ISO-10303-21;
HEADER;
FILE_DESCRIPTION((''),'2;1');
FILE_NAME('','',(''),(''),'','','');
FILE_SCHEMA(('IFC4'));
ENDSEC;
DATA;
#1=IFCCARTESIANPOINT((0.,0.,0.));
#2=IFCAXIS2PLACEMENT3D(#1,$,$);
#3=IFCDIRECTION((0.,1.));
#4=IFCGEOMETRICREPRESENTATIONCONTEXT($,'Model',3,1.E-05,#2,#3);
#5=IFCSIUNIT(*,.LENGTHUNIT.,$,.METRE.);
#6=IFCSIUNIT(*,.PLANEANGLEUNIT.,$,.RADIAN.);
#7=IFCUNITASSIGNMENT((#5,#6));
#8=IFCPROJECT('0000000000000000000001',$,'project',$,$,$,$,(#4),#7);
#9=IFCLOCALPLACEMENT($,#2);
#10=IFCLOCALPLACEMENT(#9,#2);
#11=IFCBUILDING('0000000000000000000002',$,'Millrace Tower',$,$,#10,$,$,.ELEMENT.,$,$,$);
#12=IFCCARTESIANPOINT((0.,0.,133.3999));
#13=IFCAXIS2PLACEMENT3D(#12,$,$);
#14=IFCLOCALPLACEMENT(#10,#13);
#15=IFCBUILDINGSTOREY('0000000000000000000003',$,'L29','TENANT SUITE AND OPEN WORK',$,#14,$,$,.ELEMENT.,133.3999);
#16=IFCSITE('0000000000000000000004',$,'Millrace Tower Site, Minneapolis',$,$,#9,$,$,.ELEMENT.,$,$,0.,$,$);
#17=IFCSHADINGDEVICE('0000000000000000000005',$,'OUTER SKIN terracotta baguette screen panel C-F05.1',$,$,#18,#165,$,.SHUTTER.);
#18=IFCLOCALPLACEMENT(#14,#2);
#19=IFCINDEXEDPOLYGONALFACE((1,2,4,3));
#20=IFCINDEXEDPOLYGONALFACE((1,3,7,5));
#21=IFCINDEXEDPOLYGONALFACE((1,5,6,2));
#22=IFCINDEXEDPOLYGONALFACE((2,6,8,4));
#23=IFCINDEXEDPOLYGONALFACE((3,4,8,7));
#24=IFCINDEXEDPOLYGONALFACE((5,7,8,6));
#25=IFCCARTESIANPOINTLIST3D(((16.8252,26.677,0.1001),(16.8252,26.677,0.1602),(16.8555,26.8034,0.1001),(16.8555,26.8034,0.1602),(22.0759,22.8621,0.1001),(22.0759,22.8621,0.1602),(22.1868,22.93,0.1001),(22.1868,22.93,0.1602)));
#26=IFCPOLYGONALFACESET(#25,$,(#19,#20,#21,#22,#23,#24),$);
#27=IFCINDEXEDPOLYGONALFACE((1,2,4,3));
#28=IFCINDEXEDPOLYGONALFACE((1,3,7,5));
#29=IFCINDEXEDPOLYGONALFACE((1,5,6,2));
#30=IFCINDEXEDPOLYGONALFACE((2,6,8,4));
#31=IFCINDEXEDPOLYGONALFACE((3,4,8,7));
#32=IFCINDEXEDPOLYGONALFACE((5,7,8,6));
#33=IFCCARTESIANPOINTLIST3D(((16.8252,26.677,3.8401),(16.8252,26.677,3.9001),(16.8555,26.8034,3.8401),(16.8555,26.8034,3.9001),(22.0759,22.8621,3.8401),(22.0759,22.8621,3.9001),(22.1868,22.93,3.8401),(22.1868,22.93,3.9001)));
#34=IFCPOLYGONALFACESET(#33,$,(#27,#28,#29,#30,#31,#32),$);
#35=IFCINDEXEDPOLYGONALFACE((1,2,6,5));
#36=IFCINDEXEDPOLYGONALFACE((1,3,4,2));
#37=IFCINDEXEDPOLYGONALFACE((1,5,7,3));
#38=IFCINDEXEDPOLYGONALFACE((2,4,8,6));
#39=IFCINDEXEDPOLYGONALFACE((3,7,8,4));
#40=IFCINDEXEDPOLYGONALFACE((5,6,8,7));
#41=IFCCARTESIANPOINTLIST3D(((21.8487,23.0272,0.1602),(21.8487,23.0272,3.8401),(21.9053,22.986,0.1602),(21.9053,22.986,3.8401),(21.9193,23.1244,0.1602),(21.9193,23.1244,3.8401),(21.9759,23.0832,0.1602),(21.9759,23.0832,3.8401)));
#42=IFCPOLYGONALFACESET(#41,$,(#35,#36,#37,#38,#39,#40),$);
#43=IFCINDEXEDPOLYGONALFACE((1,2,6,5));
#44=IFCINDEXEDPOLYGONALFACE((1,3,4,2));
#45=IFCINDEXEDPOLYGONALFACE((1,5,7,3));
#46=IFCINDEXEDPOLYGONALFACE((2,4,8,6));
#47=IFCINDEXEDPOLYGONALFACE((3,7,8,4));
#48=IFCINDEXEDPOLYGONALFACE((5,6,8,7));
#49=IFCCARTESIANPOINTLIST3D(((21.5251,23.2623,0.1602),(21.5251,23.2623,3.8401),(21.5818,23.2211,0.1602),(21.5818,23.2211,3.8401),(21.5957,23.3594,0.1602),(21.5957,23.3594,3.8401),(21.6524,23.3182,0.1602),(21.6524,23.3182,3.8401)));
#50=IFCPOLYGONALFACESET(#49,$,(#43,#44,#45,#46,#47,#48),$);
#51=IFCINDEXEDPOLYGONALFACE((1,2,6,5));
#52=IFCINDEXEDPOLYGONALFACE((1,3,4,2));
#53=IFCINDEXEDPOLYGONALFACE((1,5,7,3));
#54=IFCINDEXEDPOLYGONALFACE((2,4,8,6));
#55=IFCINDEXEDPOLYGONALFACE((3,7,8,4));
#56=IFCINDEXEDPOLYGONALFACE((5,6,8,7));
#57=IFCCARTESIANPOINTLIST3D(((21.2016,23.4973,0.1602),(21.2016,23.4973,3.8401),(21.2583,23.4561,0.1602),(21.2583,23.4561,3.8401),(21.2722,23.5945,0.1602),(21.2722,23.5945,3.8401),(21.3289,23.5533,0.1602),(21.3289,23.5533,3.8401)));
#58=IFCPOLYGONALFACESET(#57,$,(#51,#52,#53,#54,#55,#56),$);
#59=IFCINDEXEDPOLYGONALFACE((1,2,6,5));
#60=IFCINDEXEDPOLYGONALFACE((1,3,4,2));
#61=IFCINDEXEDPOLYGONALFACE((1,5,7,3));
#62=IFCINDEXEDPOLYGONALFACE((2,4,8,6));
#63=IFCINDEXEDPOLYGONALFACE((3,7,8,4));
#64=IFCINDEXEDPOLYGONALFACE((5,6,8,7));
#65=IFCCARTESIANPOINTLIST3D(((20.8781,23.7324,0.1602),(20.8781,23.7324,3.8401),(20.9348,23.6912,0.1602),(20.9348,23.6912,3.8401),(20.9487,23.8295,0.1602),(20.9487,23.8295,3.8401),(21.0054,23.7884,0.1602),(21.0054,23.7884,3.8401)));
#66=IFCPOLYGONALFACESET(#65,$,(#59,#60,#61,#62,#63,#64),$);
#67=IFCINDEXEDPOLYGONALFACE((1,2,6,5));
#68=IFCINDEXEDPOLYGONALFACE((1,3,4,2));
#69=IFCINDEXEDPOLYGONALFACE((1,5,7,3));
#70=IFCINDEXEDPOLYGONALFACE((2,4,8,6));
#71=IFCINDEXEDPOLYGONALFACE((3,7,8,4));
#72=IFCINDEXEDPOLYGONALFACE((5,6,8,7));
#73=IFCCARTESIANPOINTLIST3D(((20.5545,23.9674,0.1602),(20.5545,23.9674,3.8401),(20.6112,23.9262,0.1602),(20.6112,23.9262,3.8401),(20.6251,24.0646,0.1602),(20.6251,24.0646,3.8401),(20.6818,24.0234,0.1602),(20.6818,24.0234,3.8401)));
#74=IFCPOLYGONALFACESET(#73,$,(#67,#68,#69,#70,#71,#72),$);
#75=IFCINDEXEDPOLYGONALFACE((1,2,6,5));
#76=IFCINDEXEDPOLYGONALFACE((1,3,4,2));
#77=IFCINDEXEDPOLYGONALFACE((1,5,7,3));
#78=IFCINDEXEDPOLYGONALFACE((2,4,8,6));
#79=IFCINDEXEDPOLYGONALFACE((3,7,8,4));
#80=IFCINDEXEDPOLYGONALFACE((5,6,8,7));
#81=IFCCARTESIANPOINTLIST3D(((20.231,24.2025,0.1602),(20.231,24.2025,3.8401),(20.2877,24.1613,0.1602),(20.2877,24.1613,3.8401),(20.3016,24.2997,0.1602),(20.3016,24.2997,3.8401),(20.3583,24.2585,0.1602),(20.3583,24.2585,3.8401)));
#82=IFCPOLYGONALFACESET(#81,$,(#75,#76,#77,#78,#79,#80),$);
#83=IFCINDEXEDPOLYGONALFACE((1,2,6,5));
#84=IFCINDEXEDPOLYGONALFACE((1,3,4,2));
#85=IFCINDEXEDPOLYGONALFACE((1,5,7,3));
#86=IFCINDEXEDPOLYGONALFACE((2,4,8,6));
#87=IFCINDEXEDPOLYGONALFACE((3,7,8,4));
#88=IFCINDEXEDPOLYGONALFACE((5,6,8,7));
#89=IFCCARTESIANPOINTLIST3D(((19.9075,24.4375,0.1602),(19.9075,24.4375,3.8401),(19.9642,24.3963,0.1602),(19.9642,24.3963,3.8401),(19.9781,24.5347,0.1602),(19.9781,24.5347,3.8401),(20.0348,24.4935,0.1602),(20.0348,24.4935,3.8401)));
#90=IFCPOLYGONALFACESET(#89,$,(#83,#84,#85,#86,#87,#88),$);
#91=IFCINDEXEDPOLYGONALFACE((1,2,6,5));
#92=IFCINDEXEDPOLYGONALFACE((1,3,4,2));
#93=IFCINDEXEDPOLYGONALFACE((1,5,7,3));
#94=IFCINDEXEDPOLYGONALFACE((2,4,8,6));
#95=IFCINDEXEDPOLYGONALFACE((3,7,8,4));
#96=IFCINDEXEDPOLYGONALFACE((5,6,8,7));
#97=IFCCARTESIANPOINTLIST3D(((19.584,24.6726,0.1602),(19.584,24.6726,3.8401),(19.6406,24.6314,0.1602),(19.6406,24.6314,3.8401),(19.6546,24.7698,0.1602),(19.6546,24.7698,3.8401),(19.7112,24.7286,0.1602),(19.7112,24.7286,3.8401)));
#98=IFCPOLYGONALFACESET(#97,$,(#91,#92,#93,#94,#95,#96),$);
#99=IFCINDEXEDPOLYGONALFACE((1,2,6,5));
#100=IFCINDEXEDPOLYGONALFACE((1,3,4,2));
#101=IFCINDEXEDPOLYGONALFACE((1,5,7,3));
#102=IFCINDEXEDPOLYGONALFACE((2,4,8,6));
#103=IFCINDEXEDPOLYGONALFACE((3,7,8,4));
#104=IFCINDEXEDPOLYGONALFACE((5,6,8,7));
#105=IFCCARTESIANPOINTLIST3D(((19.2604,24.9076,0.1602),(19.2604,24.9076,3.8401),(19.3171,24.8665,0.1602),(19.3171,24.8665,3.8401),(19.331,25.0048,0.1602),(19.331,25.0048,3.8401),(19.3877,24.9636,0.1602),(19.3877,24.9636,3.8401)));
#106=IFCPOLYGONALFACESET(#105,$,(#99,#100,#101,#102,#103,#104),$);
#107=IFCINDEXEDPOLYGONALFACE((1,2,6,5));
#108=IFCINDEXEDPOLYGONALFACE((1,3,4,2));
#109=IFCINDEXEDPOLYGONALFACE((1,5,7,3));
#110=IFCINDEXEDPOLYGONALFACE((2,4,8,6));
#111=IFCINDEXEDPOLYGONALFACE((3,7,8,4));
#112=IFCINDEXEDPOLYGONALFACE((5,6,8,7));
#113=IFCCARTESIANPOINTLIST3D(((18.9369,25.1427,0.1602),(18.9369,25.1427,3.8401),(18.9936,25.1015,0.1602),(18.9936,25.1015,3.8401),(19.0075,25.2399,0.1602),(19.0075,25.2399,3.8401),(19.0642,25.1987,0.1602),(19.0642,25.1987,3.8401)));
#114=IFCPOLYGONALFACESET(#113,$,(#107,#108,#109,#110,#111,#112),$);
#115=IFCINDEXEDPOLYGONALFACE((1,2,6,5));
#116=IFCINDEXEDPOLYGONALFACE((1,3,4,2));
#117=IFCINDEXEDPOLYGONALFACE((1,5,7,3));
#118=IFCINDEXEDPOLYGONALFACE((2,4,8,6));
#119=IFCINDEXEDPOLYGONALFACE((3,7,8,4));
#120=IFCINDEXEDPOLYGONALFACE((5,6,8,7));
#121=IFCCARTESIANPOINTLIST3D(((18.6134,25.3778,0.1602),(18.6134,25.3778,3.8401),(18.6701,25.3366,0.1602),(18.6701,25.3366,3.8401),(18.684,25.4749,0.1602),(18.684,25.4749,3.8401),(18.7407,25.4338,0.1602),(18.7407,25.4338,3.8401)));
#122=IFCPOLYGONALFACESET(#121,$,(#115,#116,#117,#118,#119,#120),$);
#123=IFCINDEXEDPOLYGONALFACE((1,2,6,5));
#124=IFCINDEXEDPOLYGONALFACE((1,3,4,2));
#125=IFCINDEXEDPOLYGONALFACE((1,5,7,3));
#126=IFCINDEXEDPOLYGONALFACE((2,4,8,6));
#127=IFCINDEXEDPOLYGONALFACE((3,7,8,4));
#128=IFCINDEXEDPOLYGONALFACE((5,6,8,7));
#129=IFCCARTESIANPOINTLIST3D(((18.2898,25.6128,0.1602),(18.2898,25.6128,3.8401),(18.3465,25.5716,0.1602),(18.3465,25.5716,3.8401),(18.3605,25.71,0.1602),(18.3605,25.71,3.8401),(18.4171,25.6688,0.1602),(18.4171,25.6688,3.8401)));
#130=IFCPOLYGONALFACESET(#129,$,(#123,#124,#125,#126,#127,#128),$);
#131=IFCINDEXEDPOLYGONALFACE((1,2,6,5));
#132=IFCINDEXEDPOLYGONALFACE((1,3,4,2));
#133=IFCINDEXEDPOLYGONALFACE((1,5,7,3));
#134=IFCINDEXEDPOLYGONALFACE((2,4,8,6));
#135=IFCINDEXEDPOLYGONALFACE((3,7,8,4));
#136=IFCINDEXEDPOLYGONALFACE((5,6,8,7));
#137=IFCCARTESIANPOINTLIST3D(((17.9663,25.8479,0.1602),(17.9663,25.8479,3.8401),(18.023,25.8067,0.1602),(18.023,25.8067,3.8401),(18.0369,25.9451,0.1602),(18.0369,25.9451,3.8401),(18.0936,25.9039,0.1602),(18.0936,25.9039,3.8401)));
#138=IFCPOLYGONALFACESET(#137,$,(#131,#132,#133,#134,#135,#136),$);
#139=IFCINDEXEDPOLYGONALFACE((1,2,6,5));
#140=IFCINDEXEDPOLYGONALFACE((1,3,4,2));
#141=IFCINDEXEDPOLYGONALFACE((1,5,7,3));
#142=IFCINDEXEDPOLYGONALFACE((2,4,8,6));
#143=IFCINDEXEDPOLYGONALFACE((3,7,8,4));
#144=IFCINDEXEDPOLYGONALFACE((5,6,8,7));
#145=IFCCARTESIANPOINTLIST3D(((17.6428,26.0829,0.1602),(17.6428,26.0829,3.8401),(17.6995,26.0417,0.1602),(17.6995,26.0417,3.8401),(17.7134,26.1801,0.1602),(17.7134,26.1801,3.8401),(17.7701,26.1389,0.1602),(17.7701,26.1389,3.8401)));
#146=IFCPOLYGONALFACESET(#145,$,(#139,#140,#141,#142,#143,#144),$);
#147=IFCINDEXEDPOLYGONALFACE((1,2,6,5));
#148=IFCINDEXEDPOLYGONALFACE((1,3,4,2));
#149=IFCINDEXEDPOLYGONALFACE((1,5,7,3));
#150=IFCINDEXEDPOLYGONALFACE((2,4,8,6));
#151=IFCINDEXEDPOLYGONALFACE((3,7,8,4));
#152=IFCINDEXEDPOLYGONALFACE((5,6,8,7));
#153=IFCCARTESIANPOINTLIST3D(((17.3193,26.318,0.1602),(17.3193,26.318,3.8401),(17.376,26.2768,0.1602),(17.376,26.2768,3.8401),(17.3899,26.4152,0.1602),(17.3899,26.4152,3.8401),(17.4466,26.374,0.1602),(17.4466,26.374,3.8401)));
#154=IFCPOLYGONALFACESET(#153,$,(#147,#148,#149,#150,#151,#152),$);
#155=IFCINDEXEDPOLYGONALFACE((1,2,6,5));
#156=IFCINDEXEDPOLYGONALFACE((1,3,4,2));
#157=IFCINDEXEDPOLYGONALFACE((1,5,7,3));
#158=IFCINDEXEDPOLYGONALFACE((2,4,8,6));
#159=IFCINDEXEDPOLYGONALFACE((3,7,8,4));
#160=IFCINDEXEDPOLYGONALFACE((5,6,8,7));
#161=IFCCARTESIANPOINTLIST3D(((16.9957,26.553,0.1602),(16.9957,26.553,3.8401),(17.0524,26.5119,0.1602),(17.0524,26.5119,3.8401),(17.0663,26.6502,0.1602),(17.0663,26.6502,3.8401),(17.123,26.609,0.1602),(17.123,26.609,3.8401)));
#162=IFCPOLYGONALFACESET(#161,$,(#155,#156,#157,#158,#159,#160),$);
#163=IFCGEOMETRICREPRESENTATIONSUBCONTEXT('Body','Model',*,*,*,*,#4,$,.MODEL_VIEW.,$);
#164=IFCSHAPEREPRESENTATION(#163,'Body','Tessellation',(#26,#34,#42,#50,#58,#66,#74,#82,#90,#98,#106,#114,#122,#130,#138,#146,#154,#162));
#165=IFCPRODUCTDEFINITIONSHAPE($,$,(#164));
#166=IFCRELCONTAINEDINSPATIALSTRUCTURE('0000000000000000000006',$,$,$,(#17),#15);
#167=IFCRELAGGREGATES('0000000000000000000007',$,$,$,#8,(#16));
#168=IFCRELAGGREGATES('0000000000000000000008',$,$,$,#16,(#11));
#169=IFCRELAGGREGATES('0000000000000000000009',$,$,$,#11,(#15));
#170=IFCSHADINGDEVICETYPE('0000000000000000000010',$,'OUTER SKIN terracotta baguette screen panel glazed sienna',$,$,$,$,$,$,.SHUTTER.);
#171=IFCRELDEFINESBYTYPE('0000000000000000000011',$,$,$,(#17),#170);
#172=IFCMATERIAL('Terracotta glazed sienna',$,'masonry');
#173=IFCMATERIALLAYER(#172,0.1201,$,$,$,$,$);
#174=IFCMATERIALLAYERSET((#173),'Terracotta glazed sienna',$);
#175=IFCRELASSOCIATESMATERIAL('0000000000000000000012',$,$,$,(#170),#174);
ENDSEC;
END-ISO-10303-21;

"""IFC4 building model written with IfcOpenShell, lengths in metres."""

from ifc_helpers import new_model, entity, si_unit, direction, frame, frame_2d, origin, place, context, subcontext, project, spatial, rectangle, extrude, source, transform, mapped, material, layer, layer_set, type_object, element, save


model = new_model("IFC4")

# Units and contexts
model_context = context("Model", 3, precision=1e-05, world=origin(), true_north=direction((0.0, 1.0)))
body_context = subcontext(model_context, "Body", "Model", "MODEL_VIEW")
ifc_project = project(units=[si_unit("LENGTHUNIT", "METRE"), si_unit("PLANEANGLEUNIT", "RADIAN")], contexts=[model_context])

# Site, building, storey
site_placement = place(None, origin())
site = spatial("IfcSite", under=ifc_project, at=site_placement, Name="Millrace Tower Site, Minneapolis", CompositionType="ELEMENT", RefElevation=0.0)
building_placement = place(site_placement, origin())
building = spatial("IfcBuilding", under=site, at=building_placement, Name="Millrace Tower", CompositionType="ELEMENT")
storey_placement = place(building_placement, frame((0.0, 0.0, 133.3999)))
storey = spatial("IfcBuildingStorey", under=building, at=storey_placement, Name="L29", Description="TENANT SUITE AND OPEN WORK", CompositionType="ELEMENT", Elevation=133.3999)

# Shading device
ifc_material_1 = material(Name="Terracotta glazed sienna", Category="masonry")
ifc_layer_1 = layer(ifc_material_1, 0.1201)
ifc_layer_set_1 = layer_set([ifc_layer_1], Name="Terracotta glazed sienna")
shading_device_type = type_object("IfcShadingDeviceType", Name="OUTER SKIN terracotta baguette screen panel glazed sienna", PredefinedType="SHUTTER", material=ifc_layer_set_1)
cartesian_point_1 = entity("IfcCartesianPoint", [-3.2451, 0.0601])
shared_polyline_1 = entity("IfcPolyline", [cartesian_point_1, entity("IfcCartesianPoint", [3.2451, 0.0601]), entity("IfcCartesianPoint", [3.2949, -0.0601]), entity("IfcCartesianPoint", [-3.2949, -0.0601]), cartesian_point_1])
shared_shape_1 = source(origin(), body_context, "Body", "SweptSolid", [
    entity("IfcExtrudedAreaSolid", entity("IfcArbitraryClosedProfileDef", "AREA", None, shared_polyline_1), entity("IfcAxis2Placement3D", entity("IfcCartesianPoint", [0.0, 0.0, 0.0])), entity("IfcDirection", [0.0, 0.0, 1.0]), 0.0601),
    entity("IfcExtrudedAreaSolid", entity("IfcArbitraryClosedProfileDef", "AREA", None, shared_polyline_1), entity("IfcAxis2Placement3D", entity("IfcCartesianPoint", [0.0, 0.0, 3.74])), entity("IfcDirection", [0.0, 0.0, 1.0]), 0.0601),
    extrude(rectangle(XDim=0.0701, YDim=0.1201, at=frame_2d((-2.9993, 0.0))), frame((0.0, 0.0, 0.0601)), (0.0, 0.0, 1.0), 3.6799),
    extrude(rectangle(XDim=0.0701, YDim=0.1201, at=frame_2d((-2.5994, 0.0))), frame((0.0, 0.0, 0.0601)), (0.0, 0.0, 1.0), 3.6799),
    extrude(rectangle(XDim=0.0701, YDim=0.1201, at=frame_2d((-2.1995, 0.0))), frame((0.0, 0.0, 0.0601)), (0.0, 0.0, 1.0), 3.6799),
    extrude(rectangle(XDim=0.0701, YDim=0.1201, at=frame_2d((-1.7996, 0.0))), frame((0.0, 0.0, 0.0601)), (0.0, 0.0, 1.0), 3.6799),
    extrude(rectangle(XDim=0.0701, YDim=0.1201, at=frame_2d((-1.3997, 0.0))), frame((0.0, 0.0, 0.0601)), (0.0, 0.0, 1.0), 3.6799),
    extrude(rectangle(XDim=0.0701, YDim=0.1201, at=frame_2d((-0.9998, 0.0))), frame((0.0, 0.0, 0.0601)), (0.0, 0.0, 1.0), 3.6799),
    extrude(rectangle(XDim=0.0701, YDim=0.1201, at=frame_2d((-0.5999, 0.0))), frame((0.0, 0.0, 0.0601)), (0.0, 0.0, 1.0), 3.6799),
    extrude(rectangle(XDim=0.0701, YDim=0.1201, at=frame_2d((-0.2, 0.0))), frame((0.0, 0.0, 0.0601)), (0.0, 0.0, 1.0), 3.6799),
    extrude(rectangle(XDim=0.0701, YDim=0.1201, at=frame_2d((0.2, 0.0))), frame((0.0, 0.0, 0.0601)), (0.0, 0.0, 1.0), 3.6799),
    extrude(rectangle(XDim=0.0701, YDim=0.1201, at=frame_2d((0.5999, 0.0))), frame((0.0, 0.0, 0.0601)), (0.0, 0.0, 1.0), 3.6799),
    extrude(rectangle(XDim=0.0701, YDim=0.1201, at=frame_2d((0.9998, 0.0))), frame((0.0, 0.0, 0.0601)), (0.0, 0.0, 1.0), 3.6799),
    extrude(rectangle(XDim=0.0701, YDim=0.1201, at=frame_2d((1.3997, 0.0))), frame((0.0, 0.0, 0.0601)), (0.0, 0.0, 1.0), 3.6799),
    extrude(rectangle(XDim=0.0701, YDim=0.1201, at=frame_2d((1.7996, 0.0))), frame((0.0, 0.0, 0.0601)), (0.0, 0.0, 1.0), 3.6799),
    extrude(rectangle(XDim=0.0701, YDim=0.1201, at=frame_2d((2.1995, 0.0))), frame((0.0, 0.0, 0.0601)), (0.0, 0.0, 1.0), 3.6799),
    extrude(rectangle(XDim=0.0701, YDim=0.1201, at=frame_2d((2.5994, 0.0))), frame((0.0, 0.0, 0.0601)), (0.0, 0.0, 1.0), 3.6799),
    extrude(rectangle(XDim=0.0701, YDim=0.1201, at=frame_2d((2.9993, 0.0))), frame((0.0, 0.0, 0.0601)), (0.0, 0.0, 1.0), 3.6799),
])
shading_device_1_placement = place(storey_placement, frame((19.4858, 24.8181, 0.1001), z_axis=(0.0, 0.0, 1.0), x_axis=(-0.809017, 0.587785, 0.0)))
element("IfcShadingDevice", 1, at=shading_device_1_placement, inside=storey, type_object=shading_device_type, Name="OUTER SKIN terracotta baguette screen panel C-F05.1", PredefinedType="SHUTTER", context=body_context, shape_type="MappedRepresentation", body=[
    mapped(shared_shape_1, transform((0.0, 0.0, 0.0), scale=1.0)),
])

save(model, "model.ifc")
